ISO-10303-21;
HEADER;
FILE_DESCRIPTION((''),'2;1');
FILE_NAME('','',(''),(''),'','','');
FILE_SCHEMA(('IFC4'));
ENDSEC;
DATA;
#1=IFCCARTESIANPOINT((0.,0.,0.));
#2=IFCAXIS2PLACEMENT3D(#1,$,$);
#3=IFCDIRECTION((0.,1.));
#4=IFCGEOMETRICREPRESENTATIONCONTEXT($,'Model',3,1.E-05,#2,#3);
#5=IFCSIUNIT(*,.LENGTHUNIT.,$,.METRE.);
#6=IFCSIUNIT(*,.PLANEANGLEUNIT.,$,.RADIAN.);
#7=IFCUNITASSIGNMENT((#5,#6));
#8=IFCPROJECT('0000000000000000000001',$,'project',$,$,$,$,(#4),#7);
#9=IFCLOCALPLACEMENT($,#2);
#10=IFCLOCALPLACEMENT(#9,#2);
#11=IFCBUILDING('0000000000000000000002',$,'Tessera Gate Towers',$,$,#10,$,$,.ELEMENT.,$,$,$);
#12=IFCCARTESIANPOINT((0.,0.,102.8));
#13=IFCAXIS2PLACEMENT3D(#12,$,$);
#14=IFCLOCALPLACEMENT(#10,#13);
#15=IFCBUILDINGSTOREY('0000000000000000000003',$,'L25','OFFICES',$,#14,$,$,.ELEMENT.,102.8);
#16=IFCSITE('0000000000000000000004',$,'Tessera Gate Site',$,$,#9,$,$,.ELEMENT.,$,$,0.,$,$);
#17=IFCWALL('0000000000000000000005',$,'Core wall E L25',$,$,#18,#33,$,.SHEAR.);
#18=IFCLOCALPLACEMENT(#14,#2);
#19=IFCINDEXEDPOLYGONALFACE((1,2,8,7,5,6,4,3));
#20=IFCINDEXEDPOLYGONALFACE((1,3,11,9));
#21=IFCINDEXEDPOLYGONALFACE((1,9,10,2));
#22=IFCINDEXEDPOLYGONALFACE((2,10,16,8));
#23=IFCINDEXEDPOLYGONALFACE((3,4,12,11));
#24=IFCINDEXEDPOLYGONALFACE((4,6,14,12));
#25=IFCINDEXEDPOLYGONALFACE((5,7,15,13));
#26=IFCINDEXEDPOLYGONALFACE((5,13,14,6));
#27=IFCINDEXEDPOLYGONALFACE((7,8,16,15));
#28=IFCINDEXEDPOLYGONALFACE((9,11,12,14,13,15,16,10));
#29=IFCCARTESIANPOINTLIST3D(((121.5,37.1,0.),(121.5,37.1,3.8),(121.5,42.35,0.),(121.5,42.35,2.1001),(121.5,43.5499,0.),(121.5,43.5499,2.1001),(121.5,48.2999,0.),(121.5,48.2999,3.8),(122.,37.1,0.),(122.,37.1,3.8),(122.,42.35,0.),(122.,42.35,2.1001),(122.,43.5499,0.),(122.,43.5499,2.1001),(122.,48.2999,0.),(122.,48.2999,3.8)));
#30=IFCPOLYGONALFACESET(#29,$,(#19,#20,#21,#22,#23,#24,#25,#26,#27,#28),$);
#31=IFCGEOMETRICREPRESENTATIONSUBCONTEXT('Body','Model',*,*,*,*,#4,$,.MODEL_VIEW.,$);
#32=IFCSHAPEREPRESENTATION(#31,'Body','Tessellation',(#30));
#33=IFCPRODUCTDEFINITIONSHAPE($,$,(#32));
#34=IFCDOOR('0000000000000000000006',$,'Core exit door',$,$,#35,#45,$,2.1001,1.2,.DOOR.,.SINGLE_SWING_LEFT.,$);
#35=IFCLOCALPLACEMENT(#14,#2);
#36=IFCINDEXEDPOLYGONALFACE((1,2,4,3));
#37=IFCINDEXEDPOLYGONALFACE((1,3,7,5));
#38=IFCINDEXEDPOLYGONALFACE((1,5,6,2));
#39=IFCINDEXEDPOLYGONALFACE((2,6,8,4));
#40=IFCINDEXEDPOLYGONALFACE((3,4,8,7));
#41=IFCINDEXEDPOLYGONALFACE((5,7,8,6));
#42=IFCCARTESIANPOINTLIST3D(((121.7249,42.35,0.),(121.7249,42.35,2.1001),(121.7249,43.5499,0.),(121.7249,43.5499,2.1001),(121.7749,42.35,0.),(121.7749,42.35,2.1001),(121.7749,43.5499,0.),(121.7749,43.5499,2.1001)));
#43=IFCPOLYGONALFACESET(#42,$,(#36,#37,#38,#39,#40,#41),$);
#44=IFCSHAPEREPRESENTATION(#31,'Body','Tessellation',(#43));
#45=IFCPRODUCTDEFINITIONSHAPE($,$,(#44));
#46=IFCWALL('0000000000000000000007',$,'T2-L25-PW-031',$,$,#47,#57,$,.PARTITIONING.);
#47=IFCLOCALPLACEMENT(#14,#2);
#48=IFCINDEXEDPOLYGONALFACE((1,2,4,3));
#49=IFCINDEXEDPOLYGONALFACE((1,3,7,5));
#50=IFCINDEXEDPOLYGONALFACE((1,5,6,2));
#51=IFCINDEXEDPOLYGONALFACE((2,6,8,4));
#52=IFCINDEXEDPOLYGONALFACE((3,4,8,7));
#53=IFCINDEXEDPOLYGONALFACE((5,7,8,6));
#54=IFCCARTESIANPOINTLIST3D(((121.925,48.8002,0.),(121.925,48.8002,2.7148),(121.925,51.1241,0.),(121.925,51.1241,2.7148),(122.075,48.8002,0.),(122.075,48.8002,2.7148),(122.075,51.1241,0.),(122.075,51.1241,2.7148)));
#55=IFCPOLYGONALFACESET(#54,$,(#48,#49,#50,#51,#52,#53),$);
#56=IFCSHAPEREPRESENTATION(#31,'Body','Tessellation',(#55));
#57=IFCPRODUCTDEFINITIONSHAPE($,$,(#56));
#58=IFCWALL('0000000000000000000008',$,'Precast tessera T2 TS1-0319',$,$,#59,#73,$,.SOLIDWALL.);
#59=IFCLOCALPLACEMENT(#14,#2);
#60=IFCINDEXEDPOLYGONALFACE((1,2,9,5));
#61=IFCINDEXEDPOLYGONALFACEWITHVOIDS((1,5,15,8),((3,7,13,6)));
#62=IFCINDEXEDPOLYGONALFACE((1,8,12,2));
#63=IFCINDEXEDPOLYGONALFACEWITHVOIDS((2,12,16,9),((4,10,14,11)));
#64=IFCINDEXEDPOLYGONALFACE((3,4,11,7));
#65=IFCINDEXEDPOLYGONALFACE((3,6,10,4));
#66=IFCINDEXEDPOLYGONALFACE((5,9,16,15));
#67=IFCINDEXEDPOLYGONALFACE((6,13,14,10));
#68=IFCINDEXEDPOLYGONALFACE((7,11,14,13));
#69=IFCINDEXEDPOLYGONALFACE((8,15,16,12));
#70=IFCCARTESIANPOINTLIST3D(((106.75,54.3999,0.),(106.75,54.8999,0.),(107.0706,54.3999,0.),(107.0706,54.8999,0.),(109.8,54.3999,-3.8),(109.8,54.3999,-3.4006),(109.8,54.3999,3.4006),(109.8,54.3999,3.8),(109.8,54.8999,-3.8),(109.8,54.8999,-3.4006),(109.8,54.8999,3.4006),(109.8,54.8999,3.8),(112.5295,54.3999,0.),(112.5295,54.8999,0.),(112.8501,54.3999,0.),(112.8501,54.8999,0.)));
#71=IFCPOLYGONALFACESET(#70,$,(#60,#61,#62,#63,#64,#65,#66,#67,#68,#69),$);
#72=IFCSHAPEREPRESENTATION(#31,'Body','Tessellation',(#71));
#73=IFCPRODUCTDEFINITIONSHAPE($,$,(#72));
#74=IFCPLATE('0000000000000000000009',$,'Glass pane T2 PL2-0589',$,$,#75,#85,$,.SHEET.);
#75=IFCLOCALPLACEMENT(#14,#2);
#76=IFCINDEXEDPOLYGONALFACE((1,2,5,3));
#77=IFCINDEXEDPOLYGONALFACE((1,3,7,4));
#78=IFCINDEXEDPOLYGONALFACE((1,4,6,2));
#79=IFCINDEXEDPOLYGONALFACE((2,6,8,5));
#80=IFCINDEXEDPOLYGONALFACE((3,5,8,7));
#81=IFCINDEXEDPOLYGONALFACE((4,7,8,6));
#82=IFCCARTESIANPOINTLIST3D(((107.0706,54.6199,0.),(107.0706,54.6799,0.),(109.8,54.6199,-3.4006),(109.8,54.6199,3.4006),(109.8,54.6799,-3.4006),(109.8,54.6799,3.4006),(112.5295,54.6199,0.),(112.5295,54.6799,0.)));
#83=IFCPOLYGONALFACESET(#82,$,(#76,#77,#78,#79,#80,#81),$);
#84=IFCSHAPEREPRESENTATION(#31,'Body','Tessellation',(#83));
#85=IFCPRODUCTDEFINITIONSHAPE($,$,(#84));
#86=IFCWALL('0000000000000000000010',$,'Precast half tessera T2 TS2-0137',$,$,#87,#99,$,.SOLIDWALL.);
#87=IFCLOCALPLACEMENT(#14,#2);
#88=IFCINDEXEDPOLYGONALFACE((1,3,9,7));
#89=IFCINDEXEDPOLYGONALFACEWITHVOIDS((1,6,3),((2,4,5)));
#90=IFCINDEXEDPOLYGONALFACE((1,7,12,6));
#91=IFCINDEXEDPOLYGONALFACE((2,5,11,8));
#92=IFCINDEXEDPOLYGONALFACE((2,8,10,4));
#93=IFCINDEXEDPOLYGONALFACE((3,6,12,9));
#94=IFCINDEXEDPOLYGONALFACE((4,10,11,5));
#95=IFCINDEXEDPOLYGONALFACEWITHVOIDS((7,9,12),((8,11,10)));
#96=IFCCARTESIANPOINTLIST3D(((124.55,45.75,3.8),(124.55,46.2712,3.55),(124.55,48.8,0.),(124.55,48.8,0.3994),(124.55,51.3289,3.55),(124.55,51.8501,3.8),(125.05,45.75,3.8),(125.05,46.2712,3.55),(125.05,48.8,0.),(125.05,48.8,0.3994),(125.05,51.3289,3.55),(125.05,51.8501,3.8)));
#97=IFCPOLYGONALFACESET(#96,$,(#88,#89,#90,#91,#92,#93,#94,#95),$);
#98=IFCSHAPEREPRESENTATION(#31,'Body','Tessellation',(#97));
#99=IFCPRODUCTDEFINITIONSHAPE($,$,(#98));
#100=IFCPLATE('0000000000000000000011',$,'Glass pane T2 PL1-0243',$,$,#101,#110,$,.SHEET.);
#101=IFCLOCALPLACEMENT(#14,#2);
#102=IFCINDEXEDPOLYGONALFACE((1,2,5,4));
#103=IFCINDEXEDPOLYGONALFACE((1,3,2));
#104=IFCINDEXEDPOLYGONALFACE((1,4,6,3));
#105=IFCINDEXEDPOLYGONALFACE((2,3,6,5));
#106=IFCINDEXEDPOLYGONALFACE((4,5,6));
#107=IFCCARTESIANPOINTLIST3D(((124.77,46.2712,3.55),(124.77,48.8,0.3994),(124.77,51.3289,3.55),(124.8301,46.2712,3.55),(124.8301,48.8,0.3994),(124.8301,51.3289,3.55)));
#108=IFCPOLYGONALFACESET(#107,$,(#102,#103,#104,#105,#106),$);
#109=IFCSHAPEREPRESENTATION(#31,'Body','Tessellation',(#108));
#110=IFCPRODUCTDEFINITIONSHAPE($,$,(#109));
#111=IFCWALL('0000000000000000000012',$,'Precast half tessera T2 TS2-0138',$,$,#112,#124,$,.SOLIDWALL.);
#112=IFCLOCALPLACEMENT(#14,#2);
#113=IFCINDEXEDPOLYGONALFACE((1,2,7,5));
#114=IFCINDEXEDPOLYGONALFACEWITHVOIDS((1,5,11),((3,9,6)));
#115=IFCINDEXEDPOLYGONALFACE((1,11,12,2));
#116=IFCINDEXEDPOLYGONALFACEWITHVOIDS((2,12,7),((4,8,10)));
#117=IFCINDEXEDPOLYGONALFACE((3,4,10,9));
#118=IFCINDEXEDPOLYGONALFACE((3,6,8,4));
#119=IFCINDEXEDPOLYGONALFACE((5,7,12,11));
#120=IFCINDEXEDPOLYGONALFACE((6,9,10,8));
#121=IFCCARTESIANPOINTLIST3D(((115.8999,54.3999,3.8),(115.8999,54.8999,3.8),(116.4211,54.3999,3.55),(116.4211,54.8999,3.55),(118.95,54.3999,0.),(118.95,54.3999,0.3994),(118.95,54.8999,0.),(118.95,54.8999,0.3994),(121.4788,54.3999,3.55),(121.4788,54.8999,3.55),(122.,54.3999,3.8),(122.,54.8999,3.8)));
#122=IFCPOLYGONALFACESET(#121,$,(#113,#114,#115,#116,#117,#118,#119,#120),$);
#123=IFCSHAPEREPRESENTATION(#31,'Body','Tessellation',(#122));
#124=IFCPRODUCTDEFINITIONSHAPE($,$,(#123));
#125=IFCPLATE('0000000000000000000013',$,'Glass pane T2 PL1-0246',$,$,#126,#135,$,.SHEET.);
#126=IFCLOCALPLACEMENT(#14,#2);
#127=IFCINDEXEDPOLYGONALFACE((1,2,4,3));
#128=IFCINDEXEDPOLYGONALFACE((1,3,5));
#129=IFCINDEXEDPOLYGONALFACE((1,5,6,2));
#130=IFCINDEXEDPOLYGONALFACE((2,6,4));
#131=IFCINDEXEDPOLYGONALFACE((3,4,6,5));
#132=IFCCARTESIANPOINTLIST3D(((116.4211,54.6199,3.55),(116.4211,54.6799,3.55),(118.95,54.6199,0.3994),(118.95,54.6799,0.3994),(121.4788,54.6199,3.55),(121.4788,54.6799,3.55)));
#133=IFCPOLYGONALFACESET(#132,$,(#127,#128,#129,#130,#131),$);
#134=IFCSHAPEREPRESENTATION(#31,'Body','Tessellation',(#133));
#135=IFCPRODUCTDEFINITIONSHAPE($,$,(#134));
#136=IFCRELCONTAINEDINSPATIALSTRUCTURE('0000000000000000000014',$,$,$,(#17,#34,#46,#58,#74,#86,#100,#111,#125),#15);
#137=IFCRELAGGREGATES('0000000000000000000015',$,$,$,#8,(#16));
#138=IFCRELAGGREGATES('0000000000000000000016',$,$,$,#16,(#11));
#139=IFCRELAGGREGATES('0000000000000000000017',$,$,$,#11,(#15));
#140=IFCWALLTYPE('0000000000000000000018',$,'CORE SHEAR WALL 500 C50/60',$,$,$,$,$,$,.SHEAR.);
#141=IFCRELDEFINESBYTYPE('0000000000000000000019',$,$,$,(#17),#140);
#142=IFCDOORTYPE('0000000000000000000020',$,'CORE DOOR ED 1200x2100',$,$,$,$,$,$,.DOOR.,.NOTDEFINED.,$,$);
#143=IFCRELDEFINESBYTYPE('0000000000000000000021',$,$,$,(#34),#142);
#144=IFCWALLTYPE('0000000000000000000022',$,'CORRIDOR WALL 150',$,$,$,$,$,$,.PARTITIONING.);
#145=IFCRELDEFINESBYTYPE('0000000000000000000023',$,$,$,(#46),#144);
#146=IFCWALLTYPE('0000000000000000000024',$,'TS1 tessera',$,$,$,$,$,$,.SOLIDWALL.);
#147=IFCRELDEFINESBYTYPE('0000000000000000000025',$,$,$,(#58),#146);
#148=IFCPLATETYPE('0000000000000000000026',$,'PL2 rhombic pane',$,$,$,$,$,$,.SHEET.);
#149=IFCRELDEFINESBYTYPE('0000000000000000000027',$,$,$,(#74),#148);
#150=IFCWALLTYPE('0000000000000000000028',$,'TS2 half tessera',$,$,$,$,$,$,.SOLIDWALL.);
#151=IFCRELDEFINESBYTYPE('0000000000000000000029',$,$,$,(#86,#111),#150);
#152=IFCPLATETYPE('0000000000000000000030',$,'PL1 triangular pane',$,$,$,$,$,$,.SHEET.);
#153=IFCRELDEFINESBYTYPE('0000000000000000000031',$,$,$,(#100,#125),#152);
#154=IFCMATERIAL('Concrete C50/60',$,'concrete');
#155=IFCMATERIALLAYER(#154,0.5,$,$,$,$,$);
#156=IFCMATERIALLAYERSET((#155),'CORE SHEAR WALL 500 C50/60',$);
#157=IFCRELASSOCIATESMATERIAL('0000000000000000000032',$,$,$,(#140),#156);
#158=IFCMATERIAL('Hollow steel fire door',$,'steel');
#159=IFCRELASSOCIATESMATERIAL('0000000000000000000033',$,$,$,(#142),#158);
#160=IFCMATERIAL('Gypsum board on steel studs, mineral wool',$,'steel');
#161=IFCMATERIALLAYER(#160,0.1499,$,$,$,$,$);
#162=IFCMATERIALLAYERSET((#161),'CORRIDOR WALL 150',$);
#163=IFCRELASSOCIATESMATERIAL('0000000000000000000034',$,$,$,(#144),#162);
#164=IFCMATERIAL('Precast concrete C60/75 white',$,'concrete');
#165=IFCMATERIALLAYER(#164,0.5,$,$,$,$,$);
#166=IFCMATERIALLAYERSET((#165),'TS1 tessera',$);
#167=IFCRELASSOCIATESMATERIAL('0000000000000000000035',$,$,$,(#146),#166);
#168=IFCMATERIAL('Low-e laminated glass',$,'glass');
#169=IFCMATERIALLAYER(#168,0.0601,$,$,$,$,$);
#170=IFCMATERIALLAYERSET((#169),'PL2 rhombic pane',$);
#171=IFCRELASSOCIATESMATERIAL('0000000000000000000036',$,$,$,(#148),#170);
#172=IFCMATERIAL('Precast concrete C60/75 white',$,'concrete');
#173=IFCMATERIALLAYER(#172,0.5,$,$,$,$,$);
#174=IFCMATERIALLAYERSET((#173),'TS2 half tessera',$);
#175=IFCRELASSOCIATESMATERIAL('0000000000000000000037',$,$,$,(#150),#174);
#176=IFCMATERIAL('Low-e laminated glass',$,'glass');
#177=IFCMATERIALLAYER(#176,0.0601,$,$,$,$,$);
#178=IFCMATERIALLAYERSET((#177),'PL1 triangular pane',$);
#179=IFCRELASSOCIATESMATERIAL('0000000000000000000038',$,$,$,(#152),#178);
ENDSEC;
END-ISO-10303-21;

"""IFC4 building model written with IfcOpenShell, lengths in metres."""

from ifc_helpers import new_model, si_unit, direction, frame, frame_2d, origin, place, context, subcontext, project, spatial, polyline, rectangle, outline, extrude, source, transform, mapped, material, layer, layer_set, type_object, element, fill, save


model = new_model("IFC4")

# Units and contexts
model_context = context("Model", 3, precision=1e-05, world=origin(), true_north=direction((0.0, 1.0)))
body_context = subcontext(model_context, "Body", "Model", "MODEL_VIEW")
ifc_project = project(units=[si_unit("LENGTHUNIT", "METRE"), si_unit("PLANEANGLEUNIT", "RADIAN")], contexts=[model_context])

# Site, building, storey
site_placement = place(None, origin())
site = spatial("IfcSite", under=ifc_project, at=site_placement, Name="Tessera Gate Site", CompositionType="ELEMENT", RefElevation=0.0)
building_placement = place(site_placement, origin())
building = spatial("IfcBuilding", under=site, at=building_placement, Name="Tessera Gate Towers", CompositionType="ELEMENT")
storey_placement = place(building_placement, frame((0.0, 0.0, 102.8)))
storey = spatial("IfcBuildingStorey", under=building, at=storey_placement, Name="L25", Description="OFFICES", CompositionType="ELEMENT", Elevation=102.8)

# Wall, opening, door
ifc_material_1 = material(Name="Concrete C50/60", Category="concrete")
ifc_layer_1 = layer(ifc_material_1, 0.5)
ifc_layer_set_1 = layer_set([ifc_layer_1], Name="CORE SHEAR WALL 500 C50/60")
wall_type_1 = type_object("IfcWallType", Name="CORE SHEAR WALL 500 C50/60", PredefinedType="SHEAR", material=ifc_layer_set_1)
wall_1_placement = place(storey_placement, frame((121.75, 48.3, 0.0), z_axis=(0.0, 0.0, 1.0), x_axis=(0.0, -1.0, 0.0)))
wall_1 = element("IfcWall", 1, at=wall_1_placement, inside=storey, type_object=wall_type_1, Name="Core wall E L25", PredefinedType="SHEAR", context=body_context, shape_type="SweptSolid", body=[
    extrude(rectangle(XDim=11.2, YDim=0.5, at=frame_2d((5.6001, 0.0))), origin(), (0.0, 0.0, 1.0), 3.8),
])
shared_shape_1 = source(origin(), body_context, "Body", "SweptSolid", [
    extrude(rectangle(XDim=1.2, YDim=2.1001, at=frame_2d((0.6001, 1.05))), frame((0.0, 0.26, 0.0), z_axis=(0.0, -1.0, 0.0), x_axis=(1.0, 0.0, 0.0)), (0.0, 0.0, 1.0), 0.52),
])
opening_1_placement = place(wall_1_placement, frame((4.75, 0.0, 0.0)))
opening_1 = element("IfcOpeningElement", 2, at=opening_1_placement, cuts=wall_1, PredefinedType="OPENING", context=body_context, shape_type="MappedRepresentation", body=[
    mapped(shared_shape_1, transform((0.0, 0.0, 0.0), scale=1.0)),
])
ifc_material_2 = material(Name="Hollow steel fire door", Category="steel")
door_type_1 = type_object("IfcDoorType", Name="CORE DOOR ED 1200x2100", OperationType="NOTDEFINED", PredefinedType="DOOR", material=ifc_material_2)
shared_shape_2 = source(origin(), body_context, "Body", "SweptSolid", [
    extrude(rectangle(XDim=1.2, YDim=2.1001, at=frame_2d((0.6001, 1.05))), frame((0.0, 0.0249, 0.0), z_axis=(0.0, -1.0, 0.0), x_axis=(1.0, 0.0, 0.0)), (0.0, 0.0, 1.0), 0.05),
])
door_1_placement = place(opening_1_placement, origin())
door_1 = element("IfcDoor", 3, at=door_1_placement, inside=storey, type_object=door_type_1, Name="Core exit door", OperationType="SINGLE_SWING_LEFT", OverallHeight=2.1001, OverallWidth=1.2, PredefinedType="DOOR", context=body_context, shape_type="MappedRepresentation", body=[
    mapped(shared_shape_2, transform((0.0, 0.0, 0.0), scale=1.0)),
])
fill(opening_1, door_1)

# Wall
ifc_material_3 = material(Name="Gypsum board on steel studs, mineral wool", Category="steel")
ifc_layer_2 = layer(ifc_material_3, 0.1499)
ifc_layer_set_2 = layer_set([ifc_layer_2], Name="CORRIDOR WALL 150")
wall_type_2 = type_object("IfcWallType", Name="CORRIDOR WALL 150", PredefinedType="PARTITIONING", material=ifc_layer_set_2)
wall_2_placement = place(storey_placement, frame((122.0, 48.8, 0.0), z_axis=(0.0, 0.0, 1.0), x_axis=(0.0, 1.0, 0.0)))
element("IfcWall", 4, at=wall_2_placement, inside=storey, type_object=wall_type_2, Name="T2-L25-PW-031", PredefinedType="PARTITIONING", context=body_context, shape_type="SweptSolid", body=[
    extrude(rectangle(XDim=2.324, YDim=0.1499, at=frame_2d((1.1621, 0.0))), origin(), (0.0, 0.0, 1.0), 2.7148),
])

# Walls, openings, plates
ifc_material_4 = material(Name="Precast concrete C60/75 white", Category="concrete")
ifc_layer_3 = layer(ifc_material_4, 0.5)
ifc_layer_set_3 = layer_set([ifc_layer_3], Name="TS1 tessera")
wall_type_3 = type_object("IfcWallType", Name="TS1 tessera", PredefinedType="SOLIDWALL", material=ifc_layer_set_3)
shared_shape_3 = source(origin(), body_context, "Body", "SweptSolid", [
    extrude(outline(polyline([(3.05, 0.0), (6.1001, 3.8), (3.05, 7.6001), (0.0, 3.8), (3.05, 0.0)])), frame((0.0, 0.25, 0.0), z_axis=(0.0, -1.0, 0.0), x_axis=(1.0, 0.0, 0.0)), (0.0, 0.0, 1.0), 0.5),
])
wall_3_placement = place(storey_placement, frame((112.8501, 54.6499, -3.8), z_axis=(0.0, 0.0, 1.0), x_axis=(-1.0, 0.0, 0.0)))
wall_3 = element("IfcWall", 5, at=wall_3_placement, inside=storey, type_object=wall_type_3, Name="Precast tessera T2 TS1-0319", PredefinedType="SOLIDWALL", context=body_context, shape_type="MappedRepresentation", body=[
    mapped(shared_shape_3, transform((0.0, 0.0, 0.0), scale=1.0)),
])
shared_shape_4 = source(origin(), body_context, "Body", "SweptSolid", [
    extrude(outline(polyline([(3.05, 0.3994), (5.7795, 3.8), (3.05, 7.2007), (0.3206, 3.8), (3.05, 0.3994)])), frame((0.0, 0.26, 0.0), z_axis=(0.0, -1.0, 0.0), x_axis=(1.0, 0.0, 0.0)), (0.0, 0.0, 1.0), 0.52),
])
opening_2_placement = place(wall_3_placement, origin())
opening_2 = element("IfcOpeningElement", 6, at=opening_2_placement, cuts=wall_3, PredefinedType="OPENING", context=body_context, shape_type="MappedRepresentation", body=[
    mapped(shared_shape_4, transform((0.0, 0.0, 0.0), scale=1.0)),
])
ifc_material_5 = material(Name="Low-e laminated glass", Category="glass")
ifc_layer_4 = layer(ifc_material_5, 0.0601)
ifc_layer_set_4 = layer_set([ifc_layer_4], Name="PL2 rhombic pane")
plate_type_1 = type_object("IfcPlateType", Name="PL2 rhombic pane", PredefinedType="SHEET", material=ifc_layer_set_4)
shared_shape_5 = source(origin(), body_context, "Body", "SweptSolid", [
    extrude(outline(polyline([(3.05, 0.3994), (5.7795, 3.8), (3.05, 7.2007), (0.3206, 3.8), (3.05, 0.3994)])), frame((0.0, 0.03, 0.0), z_axis=(0.0, -1.0, 0.0), x_axis=(1.0, 0.0, 0.0)), (0.0, 0.0, 1.0), 0.0601),
])
plate_1_placement = place(opening_2_placement, origin())
plate_1 = element("IfcPlate", 7, at=plate_1_placement, inside=storey, type_object=plate_type_1, Name="Glass pane T2 PL2-0589", PredefinedType="SHEET", context=body_context, shape_type="MappedRepresentation", body=[
    mapped(shared_shape_5, transform((0.0, 0.0, 0.0), scale=1.0)),
])
fill(opening_2, plate_1)
ifc_material_6 = material(Name="Precast concrete C60/75 white", Category="concrete")
ifc_layer_5 = layer(ifc_material_6, 0.5)
ifc_layer_set_5 = layer_set([ifc_layer_5], Name="TS2 half tessera")
wall_type_4 = type_object("IfcWallType", Name="TS2 half tessera", PredefinedType="SOLIDWALL", material=ifc_layer_set_5)
shared_shape_6 = source(origin(), body_context, "Body", "SweptSolid", [
    extrude(outline(polyline([(3.05, 0.0), (6.1001, 3.8), (0.0, 3.8), (3.05, 0.0)])), frame((0.0, 0.25, 0.0), z_axis=(0.0, -1.0, 0.0), x_axis=(1.0, 0.0, 0.0)), (0.0, 0.0, 1.0), 0.5),
])
wall_4_placement = place(storey_placement, frame((124.8, 45.75, 0.0), z_axis=(0.0, 0.0, 1.0), x_axis=(0.0, 1.0, 0.0)))
wall_4 = element("IfcWall", 8, at=wall_4_placement, inside=storey, type_object=wall_type_4, Name="Precast half tessera T2 TS2-0137", PredefinedType="SOLIDWALL", context=body_context, shape_type="MappedRepresentation", body=[
    mapped(shared_shape_6, transform((0.0, 0.0, 0.0), scale=1.0)),
])
shared_shape_7 = source(origin(), body_context, "Body", "SweptSolid", [
    extrude(outline(polyline([(3.05, 0.3994), (5.5789, 3.55), (0.5212, 3.55), (3.05, 0.3994)])), frame((0.0, 0.26, 0.0), z_axis=(0.0, -1.0, 0.0), x_axis=(1.0, 0.0, 0.0)), (0.0, 0.0, 1.0), 0.52),
])
opening_3_placement = place(wall_4_placement, origin())
opening_3 = element("IfcOpeningElement", 9, at=opening_3_placement, cuts=wall_4, PredefinedType="OPENING", context=body_context, shape_type="MappedRepresentation", body=[
    mapped(shared_shape_7, transform((0.0, 0.0, 0.0), scale=1.0)),
])
ifc_material_7 = material(Name="Low-e laminated glass", Category="glass")
ifc_layer_6 = layer(ifc_material_7, 0.0601)
ifc_layer_set_6 = layer_set([ifc_layer_6], Name="PL1 triangular pane")
plate_type_2 = type_object("IfcPlateType", Name="PL1 triangular pane", PredefinedType="SHEET", material=ifc_layer_set_6)
shared_shape_8 = source(origin(), body_context, "Body", "SweptSolid", [
    extrude(outline(polyline([(3.05, 0.3994), (5.5789, 3.55), (0.5212, 3.55), (3.05, 0.3994)])), frame((0.0, 0.03, 0.0), z_axis=(0.0, -1.0, 0.0), x_axis=(1.0, 0.0, 0.0)), (0.0, 0.0, 1.0), 0.0601),
])
plate_2_placement = place(opening_3_placement, origin())
plate_2 = element("IfcPlate", 10, at=plate_2_placement, inside=storey, type_object=plate_type_2, Name="Glass pane T2 PL1-0243", PredefinedType="SHEET", context=body_context, shape_type="MappedRepresentation", body=[
    mapped(shared_shape_8, transform((0.0, 0.0, 0.0), scale=1.0)),
])
fill(opening_3, plate_2)
wall_5_placement = place(storey_placement, frame((122.0, 54.6499, 0.0), z_axis=(0.0, 0.0, 1.0), x_axis=(-1.0, 0.0, 0.0)))
wall_5 = element("IfcWall", 11, at=wall_5_placement, inside=storey, type_object=wall_type_4, Name="Precast half tessera T2 TS2-0138", PredefinedType="SOLIDWALL", context=body_context, shape_type="MappedRepresentation", body=[
    mapped(shared_shape_6, transform((0.0, 0.0, 0.0), scale=1.0)),
])
opening_4_placement = place(wall_5_placement, origin())
opening_4 = element("IfcOpeningElement", 12, at=opening_4_placement, cuts=wall_5, PredefinedType="OPENING", context=body_context, shape_type="MappedRepresentation", body=[
    mapped(shared_shape_7, transform((0.0, 0.0, 0.0), scale=1.0)),
])
plate_3_placement = place(opening_4_placement, origin())
plate_3 = element("IfcPlate", 13, at=plate_3_placement, inside=storey, type_object=plate_type_2, Name="Glass pane T2 PL1-0246", PredefinedType="SHEET", context=body_context, shape_type="MappedRepresentation", body=[
    mapped(shared_shape_8, transform((0.0, 0.0, 0.0), scale=1.0)),
])
fill(opening_4, plate_3)

save(model, "model.ifc")
